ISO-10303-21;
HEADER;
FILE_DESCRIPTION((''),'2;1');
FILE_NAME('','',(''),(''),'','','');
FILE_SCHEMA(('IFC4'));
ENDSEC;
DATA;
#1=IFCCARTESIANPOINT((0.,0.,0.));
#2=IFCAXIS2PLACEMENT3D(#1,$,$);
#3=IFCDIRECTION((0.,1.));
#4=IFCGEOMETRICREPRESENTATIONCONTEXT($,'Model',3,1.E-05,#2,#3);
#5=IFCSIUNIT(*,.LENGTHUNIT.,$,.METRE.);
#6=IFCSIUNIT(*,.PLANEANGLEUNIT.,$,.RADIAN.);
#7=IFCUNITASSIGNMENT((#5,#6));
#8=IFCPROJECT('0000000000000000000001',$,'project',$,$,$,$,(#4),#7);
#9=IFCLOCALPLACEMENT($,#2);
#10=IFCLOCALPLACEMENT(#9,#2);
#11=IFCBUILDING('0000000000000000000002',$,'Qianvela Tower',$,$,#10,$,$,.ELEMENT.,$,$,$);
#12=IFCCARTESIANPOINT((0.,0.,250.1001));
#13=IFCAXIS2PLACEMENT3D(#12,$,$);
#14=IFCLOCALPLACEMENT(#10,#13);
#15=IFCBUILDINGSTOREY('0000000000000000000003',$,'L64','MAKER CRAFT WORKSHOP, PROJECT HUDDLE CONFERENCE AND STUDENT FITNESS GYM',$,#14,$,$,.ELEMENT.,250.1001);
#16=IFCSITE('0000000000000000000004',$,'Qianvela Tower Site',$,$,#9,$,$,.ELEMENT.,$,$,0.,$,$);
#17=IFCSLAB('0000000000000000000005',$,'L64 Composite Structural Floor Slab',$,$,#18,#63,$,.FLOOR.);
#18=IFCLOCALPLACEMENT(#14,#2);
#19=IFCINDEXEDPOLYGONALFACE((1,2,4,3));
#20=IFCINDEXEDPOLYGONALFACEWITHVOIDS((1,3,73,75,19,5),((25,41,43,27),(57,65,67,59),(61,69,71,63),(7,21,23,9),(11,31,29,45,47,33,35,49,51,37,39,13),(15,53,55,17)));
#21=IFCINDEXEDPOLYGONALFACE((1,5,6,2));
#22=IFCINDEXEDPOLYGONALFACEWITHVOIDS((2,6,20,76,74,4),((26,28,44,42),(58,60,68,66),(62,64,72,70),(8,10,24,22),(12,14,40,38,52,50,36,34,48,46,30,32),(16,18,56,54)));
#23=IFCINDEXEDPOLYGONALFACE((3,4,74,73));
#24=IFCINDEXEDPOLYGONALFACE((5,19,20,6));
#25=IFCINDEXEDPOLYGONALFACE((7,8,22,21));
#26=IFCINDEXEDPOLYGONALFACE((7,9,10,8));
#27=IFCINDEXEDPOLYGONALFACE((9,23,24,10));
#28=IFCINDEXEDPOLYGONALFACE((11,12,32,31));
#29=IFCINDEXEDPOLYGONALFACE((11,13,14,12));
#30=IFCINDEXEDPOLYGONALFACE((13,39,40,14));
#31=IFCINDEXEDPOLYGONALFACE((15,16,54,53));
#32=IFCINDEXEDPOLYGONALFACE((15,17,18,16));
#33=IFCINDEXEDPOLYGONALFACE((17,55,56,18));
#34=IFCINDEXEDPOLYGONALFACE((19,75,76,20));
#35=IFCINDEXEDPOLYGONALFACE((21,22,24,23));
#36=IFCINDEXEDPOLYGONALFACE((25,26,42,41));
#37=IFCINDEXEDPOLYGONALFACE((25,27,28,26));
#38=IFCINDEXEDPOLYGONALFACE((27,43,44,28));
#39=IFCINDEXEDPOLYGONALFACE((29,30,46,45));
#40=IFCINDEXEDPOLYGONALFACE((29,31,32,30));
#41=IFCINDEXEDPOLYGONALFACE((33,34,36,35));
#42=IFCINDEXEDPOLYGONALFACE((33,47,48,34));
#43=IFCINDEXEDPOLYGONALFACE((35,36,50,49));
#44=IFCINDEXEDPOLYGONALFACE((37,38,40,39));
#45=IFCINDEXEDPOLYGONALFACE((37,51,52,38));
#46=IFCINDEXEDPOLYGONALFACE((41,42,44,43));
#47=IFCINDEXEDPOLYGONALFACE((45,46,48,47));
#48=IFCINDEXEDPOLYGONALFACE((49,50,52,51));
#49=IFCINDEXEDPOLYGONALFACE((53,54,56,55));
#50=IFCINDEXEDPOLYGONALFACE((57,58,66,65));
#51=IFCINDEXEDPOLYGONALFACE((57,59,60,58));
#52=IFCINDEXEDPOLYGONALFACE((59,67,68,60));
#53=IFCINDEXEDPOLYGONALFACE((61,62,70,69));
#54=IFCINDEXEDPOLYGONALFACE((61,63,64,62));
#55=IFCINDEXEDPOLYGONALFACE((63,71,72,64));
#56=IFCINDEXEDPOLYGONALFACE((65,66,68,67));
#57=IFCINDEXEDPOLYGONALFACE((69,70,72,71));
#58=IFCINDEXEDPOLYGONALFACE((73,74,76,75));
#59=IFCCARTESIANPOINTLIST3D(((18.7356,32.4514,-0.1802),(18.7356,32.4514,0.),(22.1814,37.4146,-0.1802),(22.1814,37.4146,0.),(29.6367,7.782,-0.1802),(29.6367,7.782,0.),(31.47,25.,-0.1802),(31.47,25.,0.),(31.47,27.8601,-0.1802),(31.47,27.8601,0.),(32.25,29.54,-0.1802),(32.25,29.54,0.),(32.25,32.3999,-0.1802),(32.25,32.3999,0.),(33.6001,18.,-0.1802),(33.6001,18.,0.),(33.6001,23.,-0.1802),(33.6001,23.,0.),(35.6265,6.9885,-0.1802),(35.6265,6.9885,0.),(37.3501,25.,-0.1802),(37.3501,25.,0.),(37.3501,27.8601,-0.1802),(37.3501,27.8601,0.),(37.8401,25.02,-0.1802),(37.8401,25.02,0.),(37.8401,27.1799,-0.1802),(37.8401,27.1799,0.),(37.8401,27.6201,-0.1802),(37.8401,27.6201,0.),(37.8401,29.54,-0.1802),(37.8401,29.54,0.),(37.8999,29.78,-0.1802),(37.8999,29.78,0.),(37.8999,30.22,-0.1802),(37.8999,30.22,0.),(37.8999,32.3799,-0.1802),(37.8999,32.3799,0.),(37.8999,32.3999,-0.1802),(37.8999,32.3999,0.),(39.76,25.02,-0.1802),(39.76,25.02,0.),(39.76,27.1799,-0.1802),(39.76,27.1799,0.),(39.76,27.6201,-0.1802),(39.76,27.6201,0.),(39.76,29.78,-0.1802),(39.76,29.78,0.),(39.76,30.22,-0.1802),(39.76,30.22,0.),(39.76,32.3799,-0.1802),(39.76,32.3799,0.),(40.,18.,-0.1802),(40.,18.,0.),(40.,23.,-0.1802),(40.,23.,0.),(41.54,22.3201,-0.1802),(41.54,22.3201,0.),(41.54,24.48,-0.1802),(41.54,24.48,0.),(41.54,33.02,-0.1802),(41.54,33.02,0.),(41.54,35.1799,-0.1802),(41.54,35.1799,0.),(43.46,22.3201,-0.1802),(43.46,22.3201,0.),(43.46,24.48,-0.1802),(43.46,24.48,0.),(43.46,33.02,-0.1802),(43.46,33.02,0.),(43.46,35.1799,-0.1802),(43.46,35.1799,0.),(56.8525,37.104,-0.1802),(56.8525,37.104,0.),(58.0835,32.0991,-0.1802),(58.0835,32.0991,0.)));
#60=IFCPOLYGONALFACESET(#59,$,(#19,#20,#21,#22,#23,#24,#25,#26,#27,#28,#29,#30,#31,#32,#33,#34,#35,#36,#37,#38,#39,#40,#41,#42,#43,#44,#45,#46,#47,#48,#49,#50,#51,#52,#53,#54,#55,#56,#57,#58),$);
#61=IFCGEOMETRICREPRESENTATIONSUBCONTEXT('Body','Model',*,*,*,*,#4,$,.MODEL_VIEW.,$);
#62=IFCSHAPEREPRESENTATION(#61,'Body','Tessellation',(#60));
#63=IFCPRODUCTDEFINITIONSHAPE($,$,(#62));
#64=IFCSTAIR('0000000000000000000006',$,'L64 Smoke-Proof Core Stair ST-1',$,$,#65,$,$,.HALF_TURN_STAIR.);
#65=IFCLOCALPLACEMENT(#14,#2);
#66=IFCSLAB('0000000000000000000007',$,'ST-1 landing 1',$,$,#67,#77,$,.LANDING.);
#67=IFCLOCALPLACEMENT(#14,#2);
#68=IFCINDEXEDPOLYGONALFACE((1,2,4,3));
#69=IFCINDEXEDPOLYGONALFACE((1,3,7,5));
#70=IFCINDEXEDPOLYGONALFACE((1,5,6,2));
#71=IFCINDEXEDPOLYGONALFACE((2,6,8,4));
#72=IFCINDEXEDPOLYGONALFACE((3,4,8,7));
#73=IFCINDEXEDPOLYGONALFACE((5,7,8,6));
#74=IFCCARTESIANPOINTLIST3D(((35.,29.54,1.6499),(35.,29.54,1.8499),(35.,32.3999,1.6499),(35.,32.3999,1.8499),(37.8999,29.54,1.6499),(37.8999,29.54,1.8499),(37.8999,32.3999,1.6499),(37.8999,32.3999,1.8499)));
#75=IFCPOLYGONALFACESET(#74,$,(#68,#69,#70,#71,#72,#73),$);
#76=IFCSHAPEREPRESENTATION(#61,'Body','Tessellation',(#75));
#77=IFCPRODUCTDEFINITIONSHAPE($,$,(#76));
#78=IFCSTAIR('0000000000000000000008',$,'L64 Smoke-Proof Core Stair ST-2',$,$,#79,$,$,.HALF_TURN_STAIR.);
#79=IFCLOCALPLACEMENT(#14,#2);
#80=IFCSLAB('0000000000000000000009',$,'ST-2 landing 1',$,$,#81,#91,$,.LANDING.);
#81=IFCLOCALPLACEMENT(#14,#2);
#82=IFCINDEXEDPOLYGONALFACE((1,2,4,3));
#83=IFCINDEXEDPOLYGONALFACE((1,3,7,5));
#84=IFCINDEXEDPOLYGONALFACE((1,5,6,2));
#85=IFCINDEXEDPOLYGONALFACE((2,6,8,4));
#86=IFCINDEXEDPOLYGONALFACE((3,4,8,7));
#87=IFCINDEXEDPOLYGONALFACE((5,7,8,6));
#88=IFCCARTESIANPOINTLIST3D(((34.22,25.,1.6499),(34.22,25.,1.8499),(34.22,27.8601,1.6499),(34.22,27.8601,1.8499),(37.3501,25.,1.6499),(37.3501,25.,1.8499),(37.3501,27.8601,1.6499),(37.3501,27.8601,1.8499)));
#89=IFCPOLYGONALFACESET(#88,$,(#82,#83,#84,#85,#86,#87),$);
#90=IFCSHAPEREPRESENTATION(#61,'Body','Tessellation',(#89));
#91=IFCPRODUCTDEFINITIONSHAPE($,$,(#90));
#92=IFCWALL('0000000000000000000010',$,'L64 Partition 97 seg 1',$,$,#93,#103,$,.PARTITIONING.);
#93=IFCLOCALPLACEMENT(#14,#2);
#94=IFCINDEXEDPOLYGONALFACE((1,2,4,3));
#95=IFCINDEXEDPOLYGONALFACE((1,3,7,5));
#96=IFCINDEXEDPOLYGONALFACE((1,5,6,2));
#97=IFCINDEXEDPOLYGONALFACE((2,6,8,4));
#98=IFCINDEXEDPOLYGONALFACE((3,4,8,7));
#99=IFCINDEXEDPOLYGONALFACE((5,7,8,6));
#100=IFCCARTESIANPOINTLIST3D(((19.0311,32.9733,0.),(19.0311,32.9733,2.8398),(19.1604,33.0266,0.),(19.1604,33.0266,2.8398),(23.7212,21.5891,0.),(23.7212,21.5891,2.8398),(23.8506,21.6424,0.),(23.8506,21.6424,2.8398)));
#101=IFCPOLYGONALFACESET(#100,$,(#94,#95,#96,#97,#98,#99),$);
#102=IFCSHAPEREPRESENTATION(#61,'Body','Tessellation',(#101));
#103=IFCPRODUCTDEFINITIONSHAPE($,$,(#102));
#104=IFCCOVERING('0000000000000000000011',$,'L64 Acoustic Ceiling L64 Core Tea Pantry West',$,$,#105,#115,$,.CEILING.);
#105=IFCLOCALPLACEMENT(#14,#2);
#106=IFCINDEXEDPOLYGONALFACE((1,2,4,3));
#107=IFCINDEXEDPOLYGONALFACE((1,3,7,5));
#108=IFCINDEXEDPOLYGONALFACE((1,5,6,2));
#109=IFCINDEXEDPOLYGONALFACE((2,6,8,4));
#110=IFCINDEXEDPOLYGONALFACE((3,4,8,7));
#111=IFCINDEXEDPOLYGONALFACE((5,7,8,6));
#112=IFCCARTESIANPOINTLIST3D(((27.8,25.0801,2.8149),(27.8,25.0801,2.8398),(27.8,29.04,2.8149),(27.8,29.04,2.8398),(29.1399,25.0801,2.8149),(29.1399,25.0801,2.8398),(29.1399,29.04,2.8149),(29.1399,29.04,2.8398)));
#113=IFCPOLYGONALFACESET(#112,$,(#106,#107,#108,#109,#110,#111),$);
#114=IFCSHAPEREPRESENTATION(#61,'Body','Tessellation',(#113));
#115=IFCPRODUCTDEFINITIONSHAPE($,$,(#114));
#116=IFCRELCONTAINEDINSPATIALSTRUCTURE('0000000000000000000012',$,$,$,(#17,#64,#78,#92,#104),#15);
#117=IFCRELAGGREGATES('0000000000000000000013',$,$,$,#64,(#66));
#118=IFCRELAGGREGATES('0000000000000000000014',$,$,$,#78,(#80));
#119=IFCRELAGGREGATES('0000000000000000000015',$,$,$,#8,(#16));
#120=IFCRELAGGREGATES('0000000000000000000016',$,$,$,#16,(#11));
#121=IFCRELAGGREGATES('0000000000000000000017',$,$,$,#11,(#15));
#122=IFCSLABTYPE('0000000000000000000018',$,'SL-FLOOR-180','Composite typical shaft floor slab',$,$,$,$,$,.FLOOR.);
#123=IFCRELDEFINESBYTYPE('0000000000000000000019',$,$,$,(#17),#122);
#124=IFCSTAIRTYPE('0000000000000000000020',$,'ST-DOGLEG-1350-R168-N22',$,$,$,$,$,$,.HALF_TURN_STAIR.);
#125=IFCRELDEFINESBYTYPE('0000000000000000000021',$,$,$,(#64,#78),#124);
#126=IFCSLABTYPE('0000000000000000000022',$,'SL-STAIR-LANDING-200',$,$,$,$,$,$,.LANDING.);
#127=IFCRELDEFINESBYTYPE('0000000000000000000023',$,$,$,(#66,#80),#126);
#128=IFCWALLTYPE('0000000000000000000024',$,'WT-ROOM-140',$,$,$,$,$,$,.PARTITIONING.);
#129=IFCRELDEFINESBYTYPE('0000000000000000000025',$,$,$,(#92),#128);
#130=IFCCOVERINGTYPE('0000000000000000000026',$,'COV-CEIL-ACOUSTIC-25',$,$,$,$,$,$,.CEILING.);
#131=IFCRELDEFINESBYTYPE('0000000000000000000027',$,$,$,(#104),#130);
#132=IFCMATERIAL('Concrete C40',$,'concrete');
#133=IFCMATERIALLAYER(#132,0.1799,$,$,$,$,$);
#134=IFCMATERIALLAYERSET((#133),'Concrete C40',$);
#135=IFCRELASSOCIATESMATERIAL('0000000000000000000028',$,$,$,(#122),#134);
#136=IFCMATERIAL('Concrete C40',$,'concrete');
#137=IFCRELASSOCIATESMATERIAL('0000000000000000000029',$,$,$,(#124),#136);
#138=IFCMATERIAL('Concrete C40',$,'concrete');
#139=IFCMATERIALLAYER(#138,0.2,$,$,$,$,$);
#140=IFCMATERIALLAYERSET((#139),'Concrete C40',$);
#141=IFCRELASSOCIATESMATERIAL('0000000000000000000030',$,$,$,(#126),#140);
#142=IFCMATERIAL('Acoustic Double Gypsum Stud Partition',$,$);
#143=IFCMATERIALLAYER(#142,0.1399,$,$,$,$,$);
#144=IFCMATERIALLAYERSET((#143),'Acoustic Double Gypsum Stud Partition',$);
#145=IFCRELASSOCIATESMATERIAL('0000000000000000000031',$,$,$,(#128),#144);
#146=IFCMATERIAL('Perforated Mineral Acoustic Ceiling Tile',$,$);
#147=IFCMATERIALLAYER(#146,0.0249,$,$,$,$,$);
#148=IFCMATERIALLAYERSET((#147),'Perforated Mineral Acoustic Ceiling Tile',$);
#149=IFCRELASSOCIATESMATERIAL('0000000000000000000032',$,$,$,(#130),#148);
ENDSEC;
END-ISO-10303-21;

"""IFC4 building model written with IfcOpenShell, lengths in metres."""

from ifc_helpers import new_model, si_unit, direction, frame, frame_2d, origin, place, context, subcontext, project, spatial, polyline, rectangle, outline, extrude, material, layer, layer_set, type_object, element, aggregate, save


model = new_model("IFC4")

# Units and contexts
model_context = context("Model", 3, precision=1e-05, world=origin(), true_north=direction((0.0, 1.0)))
body_context = subcontext(model_context, "Body", "Model", "MODEL_VIEW")
ifc_project = project(units=[si_unit("LENGTHUNIT", "METRE"), si_unit("PLANEANGLEUNIT", "RADIAN")], contexts=[model_context])

# Site, building, storey
site_placement = place(None, origin())
site = spatial("IfcSite", under=ifc_project, at=site_placement, Name="Qianvela Tower Site", CompositionType="ELEMENT", RefElevation=0.0)
building_placement = place(site_placement, origin())
building = spatial("IfcBuilding", under=site, at=building_placement, Name="Qianvela Tower", CompositionType="ELEMENT")
storey_placement = place(building_placement, frame((0.0, 0.0, 250.1001)))
storey = spatial("IfcBuildingStorey", under=building, at=storey_placement, Name="L64", Description="MAKER CRAFT WORKSHOP, PROJECT HUDDLE CONFERENCE AND STUDENT FITNESS GYM", CompositionType="ELEMENT", Elevation=250.1001)

# Slab
ifc_material_1 = material(Name="Concrete C40", Category="concrete")
ifc_layer_1 = layer(ifc_material_1, 0.1799)
ifc_layer_set_1 = layer_set([ifc_layer_1], Name="Concrete C40")
slab_type_1 = type_object("IfcSlabType", Name="SL-FLOOR-180", Description="Composite typical shaft floor slab", PredefinedType="FLOOR", material=ifc_layer_set_1)
slab_1_placement = place(storey_placement, frame((0.0, 0.0, -0.1802)))
element("IfcSlab", 1, at=slab_1_placement, inside=storey, type_object=slab_type_1, Name="L64 Composite Structural Floor Slab", PredefinedType="FLOOR", context=body_context, shape_type="SweptSolid", body=[
    extrude(outline(polyline([(58.0835, 32.0991), (56.8525, 37.104), (22.1814, 37.4146), (18.7356, 32.4514), (29.6367, 7.782), (35.6265, 6.9885), (58.0835, 32.0991)]), holes=[polyline([(40.0, 23.0), (33.6001, 23.0), (33.6001, 18.0), (40.0, 18.0), (40.0, 23.0)]), polyline([(43.46, 24.48), (41.54, 24.48), (41.54, 22.3201), (43.46, 22.3201), (43.46, 24.48)]), polyline([(39.76, 27.1799), (37.8401, 27.1799), (37.8401, 25.02), (39.76, 25.02), (39.76, 27.1799)]), polyline([(37.3501, 27.8601), (31.47, 27.8601), (31.47, 25.0), (37.3501, 25.0), (37.3501, 27.8601)]), polyline([(39.76, 27.6201), (39.76, 29.78), (37.8999, 29.78), (37.8999, 30.22), (39.76, 30.22), (39.76, 32.3799), (37.8999, 32.3799), (37.8999, 32.3999), (32.25, 32.3999), (32.25, 29.54), (37.8401, 29.54), (37.8401, 27.6201), (39.76, 27.6201)]), polyline([(43.46, 35.1799), (41.54, 35.1799), (41.54, 33.02), (43.46, 33.02), (43.46, 35.1799)])]), origin(), (0.0, 0.0, 1.0), 0.1802),
])

# Stairs, slabs
ifc_material_2 = material(Name="Concrete C40", Category="concrete")
stair_type = type_object("IfcStairType", Name="ST-DOGLEG-1350-R168-N22", PredefinedType="HALF_TURN_STAIR", material=ifc_material_2)
stair_1_placement = place(storey_placement, origin())
stair_1 = element("IfcStair", 2, at=stair_1_placement, inside=storey, type_object=stair_type, Name="L64 Smoke-Proof Core Stair ST-1", PredefinedType="HALF_TURN_STAIR")
ifc_material_3 = material(Name="Concrete C40", Category="concrete")
ifc_layer_2 = layer(ifc_material_3, 0.2)
ifc_layer_set_2 = layer_set([ifc_layer_2], Name="Concrete C40")
slab_type_2 = type_object("IfcSlabType", Name="SL-STAIR-LANDING-200", PredefinedType="LANDING", material=ifc_layer_set_2)
slab_2_placement = place(storey_placement, frame((0.0, 0.0, 1.6499)))
slab_2 = element("IfcSlab", 3, at=slab_2_placement, type_object=slab_type_2, Name="ST-1 landing 1", PredefinedType="LANDING", context=body_context, shape_type="SweptSolid", body=[
    extrude(outline(polyline([(35.0, 29.54), (37.8999, 29.54), (37.8999, 32.3999), (35.0, 32.3999), (35.0, 29.54)])), origin(), (0.0, 0.0, 1.0), 0.2),
])
aggregate(stair_1, [slab_2])
stair_2_placement = place(storey_placement, origin())
stair_2 = element("IfcStair", 4, at=stair_2_placement, inside=storey, type_object=stair_type, Name="L64 Smoke-Proof Core Stair ST-2", PredefinedType="HALF_TURN_STAIR")
slab_3_placement = place(storey_placement, frame((0.0, 0.0, 1.6499)))
slab_3 = element("IfcSlab", 5, at=slab_3_placement, type_object=slab_type_2, Name="ST-2 landing 1", PredefinedType="LANDING", context=body_context, shape_type="SweptSolid", body=[
    extrude(outline(polyline([(34.22, 25.0), (37.3501, 25.0), (37.3501, 27.8601), (34.22, 27.8601), (34.22, 25.0)])), origin(), (0.0, 0.0, 1.0), 0.2),
])
aggregate(stair_2, [slab_3])

# Wall
ifc_material_4 = material(Name="Acoustic Double Gypsum Stud Partition")
ifc_layer_3 = layer(ifc_material_4, 0.1399)
ifc_layer_set_3 = layer_set([ifc_layer_3], Name="Acoustic Double Gypsum Stud Partition")
wall_type = type_object("IfcWallType", Name="WT-ROOM-140", PredefinedType="PARTITIONING", material=ifc_layer_set_3)
wall_placement = place(storey_placement, frame((23.7859, 21.6157, 0.0), z_axis=(0.0, 0.0, 1.0), x_axis=(-0.380926, 0.924605, 0.0)))
element("IfcWall", 6, at=wall_placement, inside=storey, type_object=wall_type, Name="L64 Partition 97 seg 1", PredefinedType="PARTITIONING", context=body_context, shape_type="SweptSolid", body=[
    extrude(rectangle(XDim=12.3125, YDim=0.1399, at=frame_2d((6.1562, 0.0))), origin(), (0.0, 0.0, 1.0), 2.8398),
])

# Covering
ifc_material_5 = material(Name="Perforated Mineral Acoustic Ceiling Tile")
ifc_layer_4 = layer(ifc_material_5, 0.0249)
ifc_layer_set_4 = layer_set([ifc_layer_4], Name="Perforated Mineral Acoustic Ceiling Tile")
covering_type_1 = type_object("IfcCoveringType", Name="COV-CEIL-ACOUSTIC-25", PredefinedType="CEILING", material=ifc_layer_set_4)
covering_1_placement = place(storey_placement, frame((0.0, 0.0, 2.8149)))
element("IfcCovering", 7, at=covering_1_placement, inside=storey, type_object=covering_type_1, Name="L64 Acoustic Ceiling L64 Core Tea Pantry West", PredefinedType="CEILING", context=body_context, shape_type="SweptSolid", body=[
    extrude(outline(polyline([(27.8, 25.0801), (27.8, 29.04), (29.1399, 29.04), (29.1399, 25.0801), (27.8, 25.0801)])), origin(), (0.0, 0.0, 1.0), 0.0249),
])

save(model, "model.ifc")
